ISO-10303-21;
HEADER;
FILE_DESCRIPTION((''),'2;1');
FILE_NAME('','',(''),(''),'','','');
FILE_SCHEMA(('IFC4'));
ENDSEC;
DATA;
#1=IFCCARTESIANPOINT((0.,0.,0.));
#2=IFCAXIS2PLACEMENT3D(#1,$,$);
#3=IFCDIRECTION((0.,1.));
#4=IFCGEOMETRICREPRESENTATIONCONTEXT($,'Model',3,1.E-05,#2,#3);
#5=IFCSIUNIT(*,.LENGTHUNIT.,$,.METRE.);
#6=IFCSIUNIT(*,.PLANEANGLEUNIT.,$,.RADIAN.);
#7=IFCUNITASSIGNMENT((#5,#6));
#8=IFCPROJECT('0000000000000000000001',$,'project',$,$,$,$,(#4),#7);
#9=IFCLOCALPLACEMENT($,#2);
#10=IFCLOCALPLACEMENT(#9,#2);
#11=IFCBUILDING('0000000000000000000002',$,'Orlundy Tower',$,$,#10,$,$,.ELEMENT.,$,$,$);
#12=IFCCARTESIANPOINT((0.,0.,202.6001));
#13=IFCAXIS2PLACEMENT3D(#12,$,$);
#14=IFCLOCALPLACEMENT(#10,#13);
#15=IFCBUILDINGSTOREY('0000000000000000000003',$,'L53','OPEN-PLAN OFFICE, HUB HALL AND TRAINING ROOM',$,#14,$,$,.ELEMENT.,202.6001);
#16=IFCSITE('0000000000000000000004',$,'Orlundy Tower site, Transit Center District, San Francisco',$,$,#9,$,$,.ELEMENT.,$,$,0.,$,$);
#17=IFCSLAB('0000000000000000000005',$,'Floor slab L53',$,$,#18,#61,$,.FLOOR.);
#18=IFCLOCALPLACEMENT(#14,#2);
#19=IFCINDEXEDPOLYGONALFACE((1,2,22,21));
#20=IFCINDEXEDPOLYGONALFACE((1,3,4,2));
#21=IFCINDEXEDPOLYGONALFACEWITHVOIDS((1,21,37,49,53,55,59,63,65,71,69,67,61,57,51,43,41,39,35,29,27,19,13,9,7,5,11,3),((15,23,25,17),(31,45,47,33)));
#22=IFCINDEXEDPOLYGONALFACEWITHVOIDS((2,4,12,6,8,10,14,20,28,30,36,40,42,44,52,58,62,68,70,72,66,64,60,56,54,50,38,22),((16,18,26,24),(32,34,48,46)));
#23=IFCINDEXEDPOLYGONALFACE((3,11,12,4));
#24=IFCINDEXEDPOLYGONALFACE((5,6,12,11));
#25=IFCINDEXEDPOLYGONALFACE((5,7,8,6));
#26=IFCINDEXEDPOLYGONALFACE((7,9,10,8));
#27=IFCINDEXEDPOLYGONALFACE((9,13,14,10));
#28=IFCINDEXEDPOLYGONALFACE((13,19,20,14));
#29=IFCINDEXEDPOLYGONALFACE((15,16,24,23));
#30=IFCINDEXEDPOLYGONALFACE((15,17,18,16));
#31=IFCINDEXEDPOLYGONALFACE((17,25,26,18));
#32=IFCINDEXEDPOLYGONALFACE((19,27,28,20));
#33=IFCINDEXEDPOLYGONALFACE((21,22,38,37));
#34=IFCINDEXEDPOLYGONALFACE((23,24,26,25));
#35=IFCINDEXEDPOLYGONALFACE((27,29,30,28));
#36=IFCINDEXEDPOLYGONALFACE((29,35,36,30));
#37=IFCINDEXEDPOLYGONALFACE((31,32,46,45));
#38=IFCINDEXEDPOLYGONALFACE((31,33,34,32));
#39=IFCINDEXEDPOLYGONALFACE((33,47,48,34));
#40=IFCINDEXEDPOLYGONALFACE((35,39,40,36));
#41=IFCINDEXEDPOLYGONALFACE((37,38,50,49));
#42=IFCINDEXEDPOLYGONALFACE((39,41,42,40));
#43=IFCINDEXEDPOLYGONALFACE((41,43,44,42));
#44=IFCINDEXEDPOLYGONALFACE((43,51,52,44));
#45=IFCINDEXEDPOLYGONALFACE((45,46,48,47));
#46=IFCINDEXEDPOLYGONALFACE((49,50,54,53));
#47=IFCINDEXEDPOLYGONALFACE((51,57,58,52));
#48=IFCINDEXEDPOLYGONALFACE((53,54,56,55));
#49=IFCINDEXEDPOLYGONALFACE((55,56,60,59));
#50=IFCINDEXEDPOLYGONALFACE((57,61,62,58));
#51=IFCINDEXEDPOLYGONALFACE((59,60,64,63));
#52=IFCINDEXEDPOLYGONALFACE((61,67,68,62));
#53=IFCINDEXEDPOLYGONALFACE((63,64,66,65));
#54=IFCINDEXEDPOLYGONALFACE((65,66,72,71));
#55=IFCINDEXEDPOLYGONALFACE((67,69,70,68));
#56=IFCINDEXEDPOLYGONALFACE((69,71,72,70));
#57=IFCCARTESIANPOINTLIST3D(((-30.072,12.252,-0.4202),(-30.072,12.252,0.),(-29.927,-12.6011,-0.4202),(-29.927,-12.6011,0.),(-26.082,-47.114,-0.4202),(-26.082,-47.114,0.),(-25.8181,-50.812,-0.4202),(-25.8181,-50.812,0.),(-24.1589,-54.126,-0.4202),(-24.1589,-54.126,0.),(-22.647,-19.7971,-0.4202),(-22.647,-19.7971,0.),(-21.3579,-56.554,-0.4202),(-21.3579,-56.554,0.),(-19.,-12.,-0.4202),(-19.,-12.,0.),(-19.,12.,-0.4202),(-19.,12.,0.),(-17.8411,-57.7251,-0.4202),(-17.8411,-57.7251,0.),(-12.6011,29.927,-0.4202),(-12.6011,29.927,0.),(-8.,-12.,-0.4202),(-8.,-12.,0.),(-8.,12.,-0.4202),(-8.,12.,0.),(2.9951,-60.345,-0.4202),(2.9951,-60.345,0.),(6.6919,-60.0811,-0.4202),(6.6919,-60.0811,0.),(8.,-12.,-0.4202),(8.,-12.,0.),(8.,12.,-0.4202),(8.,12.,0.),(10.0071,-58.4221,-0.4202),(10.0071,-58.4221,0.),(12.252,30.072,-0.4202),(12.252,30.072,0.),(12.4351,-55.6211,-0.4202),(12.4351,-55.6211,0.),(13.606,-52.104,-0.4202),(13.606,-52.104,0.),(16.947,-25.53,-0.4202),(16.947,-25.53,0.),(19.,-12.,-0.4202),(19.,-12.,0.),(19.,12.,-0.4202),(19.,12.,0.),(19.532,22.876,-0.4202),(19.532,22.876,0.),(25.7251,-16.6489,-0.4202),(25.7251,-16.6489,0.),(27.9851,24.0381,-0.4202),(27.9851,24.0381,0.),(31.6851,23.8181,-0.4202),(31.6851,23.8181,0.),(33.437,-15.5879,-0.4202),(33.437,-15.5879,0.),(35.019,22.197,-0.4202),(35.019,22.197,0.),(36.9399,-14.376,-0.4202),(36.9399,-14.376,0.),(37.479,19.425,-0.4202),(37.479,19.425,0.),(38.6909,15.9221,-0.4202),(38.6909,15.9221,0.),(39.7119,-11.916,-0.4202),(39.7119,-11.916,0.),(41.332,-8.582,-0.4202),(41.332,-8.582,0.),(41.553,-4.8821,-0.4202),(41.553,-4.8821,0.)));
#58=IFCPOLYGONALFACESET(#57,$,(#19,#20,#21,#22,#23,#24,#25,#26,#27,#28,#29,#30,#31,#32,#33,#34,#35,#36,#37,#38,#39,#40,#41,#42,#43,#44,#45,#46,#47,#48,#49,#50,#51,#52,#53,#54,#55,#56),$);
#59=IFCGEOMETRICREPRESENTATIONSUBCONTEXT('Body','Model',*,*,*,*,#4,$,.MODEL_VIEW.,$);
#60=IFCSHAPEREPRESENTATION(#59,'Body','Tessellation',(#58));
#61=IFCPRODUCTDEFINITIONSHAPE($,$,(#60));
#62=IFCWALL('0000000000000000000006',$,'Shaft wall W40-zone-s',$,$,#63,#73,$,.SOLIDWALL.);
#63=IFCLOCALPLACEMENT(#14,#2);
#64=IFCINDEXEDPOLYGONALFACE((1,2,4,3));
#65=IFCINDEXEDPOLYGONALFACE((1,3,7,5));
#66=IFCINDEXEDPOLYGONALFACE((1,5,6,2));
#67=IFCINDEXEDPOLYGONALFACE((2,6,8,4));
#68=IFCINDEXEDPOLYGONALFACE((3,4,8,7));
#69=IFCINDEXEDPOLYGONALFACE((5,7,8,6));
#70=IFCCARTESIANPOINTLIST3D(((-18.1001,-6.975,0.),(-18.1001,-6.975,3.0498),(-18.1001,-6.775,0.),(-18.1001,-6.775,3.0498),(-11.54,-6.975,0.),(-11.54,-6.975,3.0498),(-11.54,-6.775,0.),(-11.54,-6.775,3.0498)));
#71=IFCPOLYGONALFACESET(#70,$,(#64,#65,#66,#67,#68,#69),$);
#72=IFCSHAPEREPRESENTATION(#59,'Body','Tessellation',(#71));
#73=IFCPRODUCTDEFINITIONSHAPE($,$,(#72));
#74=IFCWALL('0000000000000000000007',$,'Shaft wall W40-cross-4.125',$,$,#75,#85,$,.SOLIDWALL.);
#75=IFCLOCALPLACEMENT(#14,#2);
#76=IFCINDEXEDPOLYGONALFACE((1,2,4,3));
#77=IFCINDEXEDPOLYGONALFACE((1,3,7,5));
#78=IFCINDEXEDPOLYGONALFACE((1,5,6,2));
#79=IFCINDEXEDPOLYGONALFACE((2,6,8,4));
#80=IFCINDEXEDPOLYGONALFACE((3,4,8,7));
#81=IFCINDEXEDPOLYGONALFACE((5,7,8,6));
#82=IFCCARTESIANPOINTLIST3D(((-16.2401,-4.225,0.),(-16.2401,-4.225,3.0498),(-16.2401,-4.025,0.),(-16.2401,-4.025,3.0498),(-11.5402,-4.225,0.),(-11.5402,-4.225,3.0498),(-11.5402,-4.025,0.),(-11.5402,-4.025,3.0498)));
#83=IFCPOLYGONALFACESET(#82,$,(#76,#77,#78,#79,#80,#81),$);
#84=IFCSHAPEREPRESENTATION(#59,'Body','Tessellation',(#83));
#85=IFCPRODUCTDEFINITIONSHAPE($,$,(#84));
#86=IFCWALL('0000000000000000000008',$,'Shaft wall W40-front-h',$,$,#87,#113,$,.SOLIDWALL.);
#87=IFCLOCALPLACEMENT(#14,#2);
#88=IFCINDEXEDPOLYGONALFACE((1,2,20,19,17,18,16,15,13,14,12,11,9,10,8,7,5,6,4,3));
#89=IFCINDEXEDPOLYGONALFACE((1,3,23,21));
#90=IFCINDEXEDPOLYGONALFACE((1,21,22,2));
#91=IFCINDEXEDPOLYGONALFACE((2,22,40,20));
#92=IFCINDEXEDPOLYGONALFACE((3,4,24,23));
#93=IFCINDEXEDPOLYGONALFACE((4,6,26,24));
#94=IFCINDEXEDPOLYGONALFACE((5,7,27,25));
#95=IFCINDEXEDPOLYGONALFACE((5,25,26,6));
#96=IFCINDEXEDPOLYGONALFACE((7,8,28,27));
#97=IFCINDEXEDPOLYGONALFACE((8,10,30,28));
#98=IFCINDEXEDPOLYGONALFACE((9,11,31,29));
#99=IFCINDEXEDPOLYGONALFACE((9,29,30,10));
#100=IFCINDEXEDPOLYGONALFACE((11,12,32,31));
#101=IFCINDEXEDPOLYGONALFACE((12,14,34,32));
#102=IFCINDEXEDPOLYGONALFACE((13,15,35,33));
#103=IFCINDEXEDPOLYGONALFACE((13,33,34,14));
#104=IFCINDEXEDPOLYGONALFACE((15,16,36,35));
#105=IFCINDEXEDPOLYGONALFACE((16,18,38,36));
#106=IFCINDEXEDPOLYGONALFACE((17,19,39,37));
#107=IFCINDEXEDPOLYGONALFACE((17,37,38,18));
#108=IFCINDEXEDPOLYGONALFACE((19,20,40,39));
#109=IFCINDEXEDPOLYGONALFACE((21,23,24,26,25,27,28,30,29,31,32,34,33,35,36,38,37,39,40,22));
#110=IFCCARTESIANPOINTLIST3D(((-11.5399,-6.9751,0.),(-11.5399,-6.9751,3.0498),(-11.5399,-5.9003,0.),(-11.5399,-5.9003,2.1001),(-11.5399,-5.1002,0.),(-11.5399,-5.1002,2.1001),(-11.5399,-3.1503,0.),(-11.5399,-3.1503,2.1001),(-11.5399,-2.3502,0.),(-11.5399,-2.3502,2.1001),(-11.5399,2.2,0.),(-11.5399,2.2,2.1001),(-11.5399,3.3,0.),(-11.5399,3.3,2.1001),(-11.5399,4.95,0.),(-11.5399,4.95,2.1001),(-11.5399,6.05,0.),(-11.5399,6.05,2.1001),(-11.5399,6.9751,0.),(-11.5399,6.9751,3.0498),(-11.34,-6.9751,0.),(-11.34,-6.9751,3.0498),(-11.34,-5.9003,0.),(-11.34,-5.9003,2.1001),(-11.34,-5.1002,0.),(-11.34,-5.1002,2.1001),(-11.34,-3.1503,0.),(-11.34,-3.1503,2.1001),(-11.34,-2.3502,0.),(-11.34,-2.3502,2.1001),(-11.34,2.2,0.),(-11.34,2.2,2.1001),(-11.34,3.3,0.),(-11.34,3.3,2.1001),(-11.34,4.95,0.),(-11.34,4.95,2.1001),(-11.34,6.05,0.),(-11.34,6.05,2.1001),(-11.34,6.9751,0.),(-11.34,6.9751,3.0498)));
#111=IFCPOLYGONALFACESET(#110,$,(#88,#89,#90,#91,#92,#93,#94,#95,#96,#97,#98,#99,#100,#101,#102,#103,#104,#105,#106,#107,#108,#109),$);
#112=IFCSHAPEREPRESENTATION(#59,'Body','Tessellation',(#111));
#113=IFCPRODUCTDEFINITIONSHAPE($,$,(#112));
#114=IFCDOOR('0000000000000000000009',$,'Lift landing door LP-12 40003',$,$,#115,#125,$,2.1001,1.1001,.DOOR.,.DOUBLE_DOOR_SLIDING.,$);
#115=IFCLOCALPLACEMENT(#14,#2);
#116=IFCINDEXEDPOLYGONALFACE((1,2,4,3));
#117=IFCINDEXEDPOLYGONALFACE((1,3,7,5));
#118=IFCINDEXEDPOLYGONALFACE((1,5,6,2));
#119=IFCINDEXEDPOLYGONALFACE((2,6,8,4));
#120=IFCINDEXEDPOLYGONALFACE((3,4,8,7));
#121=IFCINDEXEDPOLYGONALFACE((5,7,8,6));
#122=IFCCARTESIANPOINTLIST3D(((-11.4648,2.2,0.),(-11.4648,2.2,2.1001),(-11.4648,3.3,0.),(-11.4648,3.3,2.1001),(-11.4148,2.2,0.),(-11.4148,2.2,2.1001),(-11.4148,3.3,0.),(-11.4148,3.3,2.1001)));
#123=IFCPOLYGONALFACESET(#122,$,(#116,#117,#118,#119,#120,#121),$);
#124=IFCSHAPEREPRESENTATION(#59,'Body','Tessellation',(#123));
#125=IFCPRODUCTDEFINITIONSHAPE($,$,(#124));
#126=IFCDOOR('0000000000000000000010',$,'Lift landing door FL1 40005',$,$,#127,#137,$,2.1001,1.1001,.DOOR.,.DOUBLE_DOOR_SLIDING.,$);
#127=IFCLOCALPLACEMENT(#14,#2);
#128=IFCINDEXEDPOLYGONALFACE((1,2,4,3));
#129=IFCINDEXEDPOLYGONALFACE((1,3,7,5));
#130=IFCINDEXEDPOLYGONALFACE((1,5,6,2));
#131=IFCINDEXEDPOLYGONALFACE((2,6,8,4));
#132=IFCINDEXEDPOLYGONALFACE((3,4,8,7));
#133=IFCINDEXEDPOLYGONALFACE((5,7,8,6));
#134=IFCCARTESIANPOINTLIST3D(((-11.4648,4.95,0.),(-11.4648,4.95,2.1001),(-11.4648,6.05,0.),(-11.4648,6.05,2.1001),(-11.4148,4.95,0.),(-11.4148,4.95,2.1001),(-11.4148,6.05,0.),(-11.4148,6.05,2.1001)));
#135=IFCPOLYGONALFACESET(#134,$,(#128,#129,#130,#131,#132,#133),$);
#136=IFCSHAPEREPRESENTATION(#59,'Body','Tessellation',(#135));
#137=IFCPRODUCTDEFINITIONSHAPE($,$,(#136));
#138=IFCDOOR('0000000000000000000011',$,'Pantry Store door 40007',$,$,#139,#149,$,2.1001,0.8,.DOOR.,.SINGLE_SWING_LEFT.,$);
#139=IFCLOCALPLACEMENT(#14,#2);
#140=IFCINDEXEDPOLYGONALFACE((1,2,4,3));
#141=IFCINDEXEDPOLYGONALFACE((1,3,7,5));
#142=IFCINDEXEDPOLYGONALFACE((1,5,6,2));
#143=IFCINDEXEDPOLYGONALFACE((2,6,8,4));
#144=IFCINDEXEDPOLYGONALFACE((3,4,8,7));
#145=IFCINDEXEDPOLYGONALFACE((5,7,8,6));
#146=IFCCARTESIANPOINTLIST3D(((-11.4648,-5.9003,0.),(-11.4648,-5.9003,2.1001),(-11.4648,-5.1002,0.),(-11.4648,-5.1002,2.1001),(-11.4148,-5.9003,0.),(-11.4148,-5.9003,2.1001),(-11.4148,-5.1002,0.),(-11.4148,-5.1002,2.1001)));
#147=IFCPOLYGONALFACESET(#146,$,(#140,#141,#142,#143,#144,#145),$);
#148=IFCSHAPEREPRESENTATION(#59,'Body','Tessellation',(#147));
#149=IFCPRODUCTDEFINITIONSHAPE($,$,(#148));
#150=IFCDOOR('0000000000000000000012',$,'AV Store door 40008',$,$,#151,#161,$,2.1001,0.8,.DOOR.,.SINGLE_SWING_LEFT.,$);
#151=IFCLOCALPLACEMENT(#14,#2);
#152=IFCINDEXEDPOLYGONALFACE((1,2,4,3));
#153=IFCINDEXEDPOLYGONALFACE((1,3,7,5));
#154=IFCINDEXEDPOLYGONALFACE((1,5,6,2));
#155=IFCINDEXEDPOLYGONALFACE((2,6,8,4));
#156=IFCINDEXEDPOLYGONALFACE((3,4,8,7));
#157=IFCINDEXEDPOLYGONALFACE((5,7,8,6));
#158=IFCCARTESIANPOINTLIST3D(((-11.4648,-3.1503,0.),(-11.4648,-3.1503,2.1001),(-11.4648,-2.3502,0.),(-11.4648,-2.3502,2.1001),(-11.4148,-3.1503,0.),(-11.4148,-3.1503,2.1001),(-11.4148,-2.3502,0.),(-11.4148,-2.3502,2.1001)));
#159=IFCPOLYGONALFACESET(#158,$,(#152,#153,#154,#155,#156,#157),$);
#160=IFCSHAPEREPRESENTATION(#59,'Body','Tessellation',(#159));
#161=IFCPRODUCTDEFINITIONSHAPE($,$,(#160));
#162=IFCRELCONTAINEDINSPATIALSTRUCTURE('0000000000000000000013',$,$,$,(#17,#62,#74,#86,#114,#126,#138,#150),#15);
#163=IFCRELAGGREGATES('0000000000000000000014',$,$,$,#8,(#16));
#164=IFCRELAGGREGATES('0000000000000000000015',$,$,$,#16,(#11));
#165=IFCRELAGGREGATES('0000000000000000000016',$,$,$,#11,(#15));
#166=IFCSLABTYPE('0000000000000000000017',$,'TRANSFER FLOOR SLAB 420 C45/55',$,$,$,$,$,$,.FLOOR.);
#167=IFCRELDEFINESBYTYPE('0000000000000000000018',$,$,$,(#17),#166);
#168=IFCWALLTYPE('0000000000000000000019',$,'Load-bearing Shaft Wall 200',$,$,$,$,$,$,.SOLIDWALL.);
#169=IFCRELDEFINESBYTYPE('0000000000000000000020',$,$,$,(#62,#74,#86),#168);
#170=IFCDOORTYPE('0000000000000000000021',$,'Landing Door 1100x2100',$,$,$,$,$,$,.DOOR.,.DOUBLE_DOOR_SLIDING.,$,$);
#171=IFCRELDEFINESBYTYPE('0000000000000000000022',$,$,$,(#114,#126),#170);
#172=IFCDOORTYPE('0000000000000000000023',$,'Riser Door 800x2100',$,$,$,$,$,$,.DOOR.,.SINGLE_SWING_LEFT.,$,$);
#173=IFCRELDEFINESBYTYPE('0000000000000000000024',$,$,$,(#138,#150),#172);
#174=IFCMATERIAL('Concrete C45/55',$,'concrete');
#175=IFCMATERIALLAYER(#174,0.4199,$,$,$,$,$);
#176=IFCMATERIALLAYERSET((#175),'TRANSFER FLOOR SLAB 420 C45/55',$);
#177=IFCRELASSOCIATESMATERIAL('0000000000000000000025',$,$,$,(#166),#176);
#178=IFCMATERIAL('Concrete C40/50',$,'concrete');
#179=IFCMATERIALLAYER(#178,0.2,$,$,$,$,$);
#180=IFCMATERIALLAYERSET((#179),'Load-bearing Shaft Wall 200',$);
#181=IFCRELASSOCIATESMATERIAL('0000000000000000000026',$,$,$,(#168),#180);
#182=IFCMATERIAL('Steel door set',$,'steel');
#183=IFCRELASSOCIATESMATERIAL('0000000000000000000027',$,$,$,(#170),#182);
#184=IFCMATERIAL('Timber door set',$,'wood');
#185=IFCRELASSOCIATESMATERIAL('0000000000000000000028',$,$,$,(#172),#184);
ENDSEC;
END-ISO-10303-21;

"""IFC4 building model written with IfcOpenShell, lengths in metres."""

from ifc_helpers import new_model, si_unit, direction, frame, frame_2d, origin, place, context, subcontext, project, spatial, polyline, rectangle, outline, extrude, material, layer, layer_set, type_object, element, fill, save


model = new_model("IFC4")

# Units and contexts
model_context = context("Model", 3, precision=1e-05, world=origin(), true_north=direction((0.0, 1.0)))
body_context = subcontext(model_context, "Body", "Model", "MODEL_VIEW")
ifc_project = project(units=[si_unit("LENGTHUNIT", "METRE"), si_unit("PLANEANGLEUNIT", "RADIAN")], contexts=[model_context])

# Site, building, storey
site_placement = place(None, origin())
site = spatial("IfcSite", under=ifc_project, at=site_placement, Name="Orlundy Tower site, Transit Center District, San Francisco", CompositionType="ELEMENT", RefElevation=0.0)
building_placement = place(site_placement, origin())
building = spatial("IfcBuilding", under=site, at=building_placement, Name="Orlundy Tower", CompositionType="ELEMENT")
storey_placement = place(building_placement, frame((0.0, 0.0, 202.6001)))
storey = spatial("IfcBuildingStorey", under=building, at=storey_placement, Name="L53", Description="OPEN-PLAN OFFICE, HUB HALL AND TRAINING ROOM", CompositionType="ELEMENT", Elevation=202.6001)

# Slab
ifc_material_1 = material(Name="Concrete C45/55", Category="concrete")
ifc_layer_1 = layer(ifc_material_1, 0.4199)
ifc_layer_set_1 = layer_set([ifc_layer_1], Name="TRANSFER FLOOR SLAB 420 C45/55")
slab_type_1 = type_object("IfcSlabType", Name="TRANSFER FLOOR SLAB 420 C45/55", PredefinedType="FLOOR", material=ifc_layer_set_1)
slab_1_placement = place(storey_placement, frame((0.0, 0.0, -0.4202)))
element("IfcSlab", 1, at=slab_1_placement, inside=storey, type_object=slab_type_1, Name="Floor slab L53", PredefinedType="FLOOR", context=body_context, shape_type="SweptSolid", body=[
    extrude(outline(polyline([(-22.647, -19.7971), (-29.927, -12.6011), (-30.072, 12.252), (-12.6011, 29.927), (12.252, 30.072), (19.532, 22.876), (27.9851, 24.0381), (31.6851, 23.8181), (35.019, 22.197), (37.479, 19.425), (38.6909, 15.9221), (41.553, -4.8821), (41.332, -8.582), (39.7119, -11.916), (36.9399, -14.376), (33.437, -15.5879), (25.7251, -16.6489), (16.947, -25.53), (13.606, -52.104), (12.4351, -55.6211), (10.0071, -58.4221), (6.6919, -60.0811), (2.9951, -60.345), (-17.8411, -57.7251), (-21.3579, -56.554), (-24.1589, -54.126), (-25.8181, -50.812), (-26.082, -47.114), (-22.647, -19.7971)]), holes=[polyline([(-8.0, -12.0), (-8.0, 12.0), (-19.0, 12.0), (-19.0, -12.0), (-8.0, -12.0)]), polyline([(19.0, -12.0), (19.0, 12.0), (8.0, 12.0), (8.0, -12.0), (19.0, -12.0)])]), origin(), (0.0, 0.0, 1.0), 0.4202),
])

# Walls
ifc_material_2 = material(Name="Concrete C40/50", Category="concrete")
ifc_layer_2 = layer(ifc_material_2, 0.2)
ifc_layer_set_2 = layer_set([ifc_layer_2], Name="Load-bearing Shaft Wall 200")
wall_type_1 = type_object("IfcWallType", Name="Load-bearing Shaft Wall 200", PredefinedType="SOLIDWALL", material=ifc_layer_set_2)
wall_1_placement = place(storey_placement, frame((-11.54, -6.875, 0.0), z_axis=(0.0, 0.0, 1.0), x_axis=(-1.0, 0.0, 0.0)))
element("IfcWall", 2, at=wall_1_placement, inside=storey, type_object=wall_type_1, Name="Shaft wall W40-zone-s", PredefinedType="SOLIDWALL", context=body_context, shape_type="SweptSolid", body=[
    extrude(rectangle(XDim=6.5601, YDim=0.2, at=frame_2d((3.28, 0.0))), origin(), (0.0, 0.0, 1.0), 3.0498),
])
wall_2_placement = place(storey_placement, frame((-11.54, -4.125, 0.0), z_axis=(0.0, 0.0, 1.0), x_axis=(-1.0, 0.0, 0.0)))
element("IfcWall", 3, at=wall_2_placement, inside=storey, type_object=wall_type_1, Name="Shaft wall W40-cross-4.125", PredefinedType="SOLIDWALL", context=body_context, shape_type="SweptSolid", body=[
    extrude(rectangle(XDim=4.7, YDim=0.2, at=frame_2d((2.3501, 0.0))), origin(), (0.0, 0.0, 1.0), 3.0498),
])

# Wall, openings, doors
wall_3_placement = place(storey_placement, frame((-11.4399, -6.9751, 0.0), z_axis=(0.0, 0.0, 1.0), x_axis=(0.0, 1.0, 0.0)))
wall_3 = element("IfcWall", 4, at=wall_3_placement, inside=storey, type_object=wall_type_1, Name="Shaft wall W40-front-h", PredefinedType="SOLIDWALL", context=body_context, shape_type="SweptSolid", body=[
    extrude(rectangle(XDim=13.9502, YDim=0.2, at=frame_2d((6.9751, 0.0))), origin(), (0.0, 0.0, 1.0), 3.0498),
])
opening_1_placement = place(wall_3_placement, frame((9.175, 0.0, 0.0)))
opening_1 = element("IfcOpeningElement", 5, at=opening_1_placement, cuts=wall_3, PredefinedType="OPENING", context=body_context, shape_type="SweptSolid", body=[
    extrude(rectangle(XDim=1.1001, YDim=2.1001, at=frame_2d((0.55, 1.05))), frame((0.0, 0.1101, 0.0), z_axis=(0.0, -1.0, 0.0), x_axis=(1.0, 0.0, 0.0)), (0.0, 0.0, 1.0), 0.2202),
])
opening_2_placement = place(wall_3_placement, frame((11.925, 0.0, 0.0)))
opening_2 = element("IfcOpeningElement", 6, at=opening_2_placement, cuts=wall_3, PredefinedType="OPENING", context=body_context, shape_type="SweptSolid", body=[
    extrude(rectangle(XDim=1.1001, YDim=2.1001, at=frame_2d((0.55, 1.05))), frame((0.0, 0.1101, 0.0), z_axis=(0.0, -1.0, 0.0), x_axis=(1.0, 0.0, 0.0)), (0.0, 0.0, 1.0), 0.2202),
])
opening_3_placement = place(wall_3_placement, frame((1.075, 0.0, 0.0)))
opening_3 = element("IfcOpeningElement", 7, at=opening_3_placement, cuts=wall_3, PredefinedType="OPENING", context=body_context, shape_type="SweptSolid", body=[
    extrude(rectangle(XDim=0.8, YDim=2.1001, at=frame_2d((0.3999, 1.05))), frame((0.0, 0.1101, 0.0), z_axis=(0.0, -1.0, 0.0), x_axis=(1.0, 0.0, 0.0)), (0.0, 0.0, 1.0), 0.2202),
])
opening_4_placement = place(wall_3_placement, frame((3.825, 0.0, 0.0)))
opening_4 = element("IfcOpeningElement", 8, at=opening_4_placement, cuts=wall_3, PredefinedType="OPENING", context=body_context, shape_type="SweptSolid", body=[
    extrude(rectangle(XDim=0.8, YDim=2.1001, at=frame_2d((0.3999, 1.05))), frame((0.0, 0.1101, 0.0), z_axis=(0.0, -1.0, 0.0), x_axis=(1.0, 0.0, 0.0)), (0.0, 0.0, 1.0), 0.2202),
])
ifc_material_3 = material(Name="Steel door set", Category="steel")
door_type_1 = type_object("IfcDoorType", Name="Landing Door 1100x2100", OperationType="DOUBLE_DOOR_SLIDING", PredefinedType="DOOR", material=ifc_material_3)
door_1_placement = place(opening_1_placement, origin())
door_1 = element("IfcDoor", 9, at=door_1_placement, inside=storey, type_object=door_type_1, Name="Lift landing door LP-12 40003", OperationType="DOUBLE_DOOR_SLIDING", OverallHeight=2.1001, OverallWidth=1.1001, PredefinedType="DOOR", context=body_context, shape_type="SweptSolid", body=[
    extrude(rectangle(XDim=1.1001, YDim=2.1001, at=frame_2d((0.55, 1.05))), frame((0.0, 0.0249, 0.0), z_axis=(0.0, -1.0, 0.0), x_axis=(1.0, 0.0, 0.0)), (0.0, 0.0, 1.0), 0.05),
])
fill(opening_1, door_1)
door_2_placement = place(opening_2_placement, origin())
door_2 = element("IfcDoor", 10, at=door_2_placement, inside=storey, type_object=door_type_1, Name="Lift landing door FL1 40005", OperationType="DOUBLE_DOOR_SLIDING", OverallHeight=2.1001, OverallWidth=1.1001, PredefinedType="DOOR", context=body_context, shape_type="SweptSolid", body=[
    extrude(rectangle(XDim=1.1001, YDim=2.1001, at=frame_2d((0.55, 1.05))), frame((0.0, 0.0249, 0.0), z_axis=(0.0, -1.0, 0.0), x_axis=(1.0, 0.0, 0.0)), (0.0, 0.0, 1.0), 0.05),
])
fill(opening_2, door_2)
ifc_material_4 = material(Name="Timber door set", Category="wood")
door_type_2 = type_object("IfcDoorType", Name="Riser Door 800x2100", OperationType="SINGLE_SWING_LEFT", PredefinedType="DOOR", material=ifc_material_4)
door_3_placement = place(opening_3_placement, origin())
door_3 = element("IfcDoor", 11, at=door_3_placement, inside=storey, type_object=door_type_2, Name="Pantry Store door 40007", OperationType="SINGLE_SWING_LEFT", OverallHeight=2.1001, OverallWidth=0.8, PredefinedType="DOOR", context=body_context, shape_type="SweptSolid", body=[
    extrude(rectangle(XDim=0.8, YDim=2.1001, at=frame_2d((0.3999, 1.05))), frame((0.0, 0.0249, 0.0), z_axis=(0.0, -1.0, 0.0), x_axis=(1.0, 0.0, 0.0)), (0.0, 0.0, 1.0), 0.05),
])
fill(opening_3, door_3)
door_4_placement = place(opening_4_placement, origin())
door_4 = element("IfcDoor", 12, at=door_4_placement, inside=storey, type_object=door_type_2, Name="AV Store door 40008", OperationType="SINGLE_SWING_LEFT", OverallHeight=2.1001, OverallWidth=0.8, PredefinedType="DOOR", context=body_context, shape_type="SweptSolid", body=[
    extrude(rectangle(XDim=0.8, YDim=2.1001, at=frame_2d((0.3999, 1.05))), frame((0.0, 0.0249, 0.0), z_axis=(0.0, -1.0, 0.0), x_axis=(1.0, 0.0, 0.0)), (0.0, 0.0, 1.0), 0.05),
])
fill(opening_4, door_4)

save(model, "model.ifc")
